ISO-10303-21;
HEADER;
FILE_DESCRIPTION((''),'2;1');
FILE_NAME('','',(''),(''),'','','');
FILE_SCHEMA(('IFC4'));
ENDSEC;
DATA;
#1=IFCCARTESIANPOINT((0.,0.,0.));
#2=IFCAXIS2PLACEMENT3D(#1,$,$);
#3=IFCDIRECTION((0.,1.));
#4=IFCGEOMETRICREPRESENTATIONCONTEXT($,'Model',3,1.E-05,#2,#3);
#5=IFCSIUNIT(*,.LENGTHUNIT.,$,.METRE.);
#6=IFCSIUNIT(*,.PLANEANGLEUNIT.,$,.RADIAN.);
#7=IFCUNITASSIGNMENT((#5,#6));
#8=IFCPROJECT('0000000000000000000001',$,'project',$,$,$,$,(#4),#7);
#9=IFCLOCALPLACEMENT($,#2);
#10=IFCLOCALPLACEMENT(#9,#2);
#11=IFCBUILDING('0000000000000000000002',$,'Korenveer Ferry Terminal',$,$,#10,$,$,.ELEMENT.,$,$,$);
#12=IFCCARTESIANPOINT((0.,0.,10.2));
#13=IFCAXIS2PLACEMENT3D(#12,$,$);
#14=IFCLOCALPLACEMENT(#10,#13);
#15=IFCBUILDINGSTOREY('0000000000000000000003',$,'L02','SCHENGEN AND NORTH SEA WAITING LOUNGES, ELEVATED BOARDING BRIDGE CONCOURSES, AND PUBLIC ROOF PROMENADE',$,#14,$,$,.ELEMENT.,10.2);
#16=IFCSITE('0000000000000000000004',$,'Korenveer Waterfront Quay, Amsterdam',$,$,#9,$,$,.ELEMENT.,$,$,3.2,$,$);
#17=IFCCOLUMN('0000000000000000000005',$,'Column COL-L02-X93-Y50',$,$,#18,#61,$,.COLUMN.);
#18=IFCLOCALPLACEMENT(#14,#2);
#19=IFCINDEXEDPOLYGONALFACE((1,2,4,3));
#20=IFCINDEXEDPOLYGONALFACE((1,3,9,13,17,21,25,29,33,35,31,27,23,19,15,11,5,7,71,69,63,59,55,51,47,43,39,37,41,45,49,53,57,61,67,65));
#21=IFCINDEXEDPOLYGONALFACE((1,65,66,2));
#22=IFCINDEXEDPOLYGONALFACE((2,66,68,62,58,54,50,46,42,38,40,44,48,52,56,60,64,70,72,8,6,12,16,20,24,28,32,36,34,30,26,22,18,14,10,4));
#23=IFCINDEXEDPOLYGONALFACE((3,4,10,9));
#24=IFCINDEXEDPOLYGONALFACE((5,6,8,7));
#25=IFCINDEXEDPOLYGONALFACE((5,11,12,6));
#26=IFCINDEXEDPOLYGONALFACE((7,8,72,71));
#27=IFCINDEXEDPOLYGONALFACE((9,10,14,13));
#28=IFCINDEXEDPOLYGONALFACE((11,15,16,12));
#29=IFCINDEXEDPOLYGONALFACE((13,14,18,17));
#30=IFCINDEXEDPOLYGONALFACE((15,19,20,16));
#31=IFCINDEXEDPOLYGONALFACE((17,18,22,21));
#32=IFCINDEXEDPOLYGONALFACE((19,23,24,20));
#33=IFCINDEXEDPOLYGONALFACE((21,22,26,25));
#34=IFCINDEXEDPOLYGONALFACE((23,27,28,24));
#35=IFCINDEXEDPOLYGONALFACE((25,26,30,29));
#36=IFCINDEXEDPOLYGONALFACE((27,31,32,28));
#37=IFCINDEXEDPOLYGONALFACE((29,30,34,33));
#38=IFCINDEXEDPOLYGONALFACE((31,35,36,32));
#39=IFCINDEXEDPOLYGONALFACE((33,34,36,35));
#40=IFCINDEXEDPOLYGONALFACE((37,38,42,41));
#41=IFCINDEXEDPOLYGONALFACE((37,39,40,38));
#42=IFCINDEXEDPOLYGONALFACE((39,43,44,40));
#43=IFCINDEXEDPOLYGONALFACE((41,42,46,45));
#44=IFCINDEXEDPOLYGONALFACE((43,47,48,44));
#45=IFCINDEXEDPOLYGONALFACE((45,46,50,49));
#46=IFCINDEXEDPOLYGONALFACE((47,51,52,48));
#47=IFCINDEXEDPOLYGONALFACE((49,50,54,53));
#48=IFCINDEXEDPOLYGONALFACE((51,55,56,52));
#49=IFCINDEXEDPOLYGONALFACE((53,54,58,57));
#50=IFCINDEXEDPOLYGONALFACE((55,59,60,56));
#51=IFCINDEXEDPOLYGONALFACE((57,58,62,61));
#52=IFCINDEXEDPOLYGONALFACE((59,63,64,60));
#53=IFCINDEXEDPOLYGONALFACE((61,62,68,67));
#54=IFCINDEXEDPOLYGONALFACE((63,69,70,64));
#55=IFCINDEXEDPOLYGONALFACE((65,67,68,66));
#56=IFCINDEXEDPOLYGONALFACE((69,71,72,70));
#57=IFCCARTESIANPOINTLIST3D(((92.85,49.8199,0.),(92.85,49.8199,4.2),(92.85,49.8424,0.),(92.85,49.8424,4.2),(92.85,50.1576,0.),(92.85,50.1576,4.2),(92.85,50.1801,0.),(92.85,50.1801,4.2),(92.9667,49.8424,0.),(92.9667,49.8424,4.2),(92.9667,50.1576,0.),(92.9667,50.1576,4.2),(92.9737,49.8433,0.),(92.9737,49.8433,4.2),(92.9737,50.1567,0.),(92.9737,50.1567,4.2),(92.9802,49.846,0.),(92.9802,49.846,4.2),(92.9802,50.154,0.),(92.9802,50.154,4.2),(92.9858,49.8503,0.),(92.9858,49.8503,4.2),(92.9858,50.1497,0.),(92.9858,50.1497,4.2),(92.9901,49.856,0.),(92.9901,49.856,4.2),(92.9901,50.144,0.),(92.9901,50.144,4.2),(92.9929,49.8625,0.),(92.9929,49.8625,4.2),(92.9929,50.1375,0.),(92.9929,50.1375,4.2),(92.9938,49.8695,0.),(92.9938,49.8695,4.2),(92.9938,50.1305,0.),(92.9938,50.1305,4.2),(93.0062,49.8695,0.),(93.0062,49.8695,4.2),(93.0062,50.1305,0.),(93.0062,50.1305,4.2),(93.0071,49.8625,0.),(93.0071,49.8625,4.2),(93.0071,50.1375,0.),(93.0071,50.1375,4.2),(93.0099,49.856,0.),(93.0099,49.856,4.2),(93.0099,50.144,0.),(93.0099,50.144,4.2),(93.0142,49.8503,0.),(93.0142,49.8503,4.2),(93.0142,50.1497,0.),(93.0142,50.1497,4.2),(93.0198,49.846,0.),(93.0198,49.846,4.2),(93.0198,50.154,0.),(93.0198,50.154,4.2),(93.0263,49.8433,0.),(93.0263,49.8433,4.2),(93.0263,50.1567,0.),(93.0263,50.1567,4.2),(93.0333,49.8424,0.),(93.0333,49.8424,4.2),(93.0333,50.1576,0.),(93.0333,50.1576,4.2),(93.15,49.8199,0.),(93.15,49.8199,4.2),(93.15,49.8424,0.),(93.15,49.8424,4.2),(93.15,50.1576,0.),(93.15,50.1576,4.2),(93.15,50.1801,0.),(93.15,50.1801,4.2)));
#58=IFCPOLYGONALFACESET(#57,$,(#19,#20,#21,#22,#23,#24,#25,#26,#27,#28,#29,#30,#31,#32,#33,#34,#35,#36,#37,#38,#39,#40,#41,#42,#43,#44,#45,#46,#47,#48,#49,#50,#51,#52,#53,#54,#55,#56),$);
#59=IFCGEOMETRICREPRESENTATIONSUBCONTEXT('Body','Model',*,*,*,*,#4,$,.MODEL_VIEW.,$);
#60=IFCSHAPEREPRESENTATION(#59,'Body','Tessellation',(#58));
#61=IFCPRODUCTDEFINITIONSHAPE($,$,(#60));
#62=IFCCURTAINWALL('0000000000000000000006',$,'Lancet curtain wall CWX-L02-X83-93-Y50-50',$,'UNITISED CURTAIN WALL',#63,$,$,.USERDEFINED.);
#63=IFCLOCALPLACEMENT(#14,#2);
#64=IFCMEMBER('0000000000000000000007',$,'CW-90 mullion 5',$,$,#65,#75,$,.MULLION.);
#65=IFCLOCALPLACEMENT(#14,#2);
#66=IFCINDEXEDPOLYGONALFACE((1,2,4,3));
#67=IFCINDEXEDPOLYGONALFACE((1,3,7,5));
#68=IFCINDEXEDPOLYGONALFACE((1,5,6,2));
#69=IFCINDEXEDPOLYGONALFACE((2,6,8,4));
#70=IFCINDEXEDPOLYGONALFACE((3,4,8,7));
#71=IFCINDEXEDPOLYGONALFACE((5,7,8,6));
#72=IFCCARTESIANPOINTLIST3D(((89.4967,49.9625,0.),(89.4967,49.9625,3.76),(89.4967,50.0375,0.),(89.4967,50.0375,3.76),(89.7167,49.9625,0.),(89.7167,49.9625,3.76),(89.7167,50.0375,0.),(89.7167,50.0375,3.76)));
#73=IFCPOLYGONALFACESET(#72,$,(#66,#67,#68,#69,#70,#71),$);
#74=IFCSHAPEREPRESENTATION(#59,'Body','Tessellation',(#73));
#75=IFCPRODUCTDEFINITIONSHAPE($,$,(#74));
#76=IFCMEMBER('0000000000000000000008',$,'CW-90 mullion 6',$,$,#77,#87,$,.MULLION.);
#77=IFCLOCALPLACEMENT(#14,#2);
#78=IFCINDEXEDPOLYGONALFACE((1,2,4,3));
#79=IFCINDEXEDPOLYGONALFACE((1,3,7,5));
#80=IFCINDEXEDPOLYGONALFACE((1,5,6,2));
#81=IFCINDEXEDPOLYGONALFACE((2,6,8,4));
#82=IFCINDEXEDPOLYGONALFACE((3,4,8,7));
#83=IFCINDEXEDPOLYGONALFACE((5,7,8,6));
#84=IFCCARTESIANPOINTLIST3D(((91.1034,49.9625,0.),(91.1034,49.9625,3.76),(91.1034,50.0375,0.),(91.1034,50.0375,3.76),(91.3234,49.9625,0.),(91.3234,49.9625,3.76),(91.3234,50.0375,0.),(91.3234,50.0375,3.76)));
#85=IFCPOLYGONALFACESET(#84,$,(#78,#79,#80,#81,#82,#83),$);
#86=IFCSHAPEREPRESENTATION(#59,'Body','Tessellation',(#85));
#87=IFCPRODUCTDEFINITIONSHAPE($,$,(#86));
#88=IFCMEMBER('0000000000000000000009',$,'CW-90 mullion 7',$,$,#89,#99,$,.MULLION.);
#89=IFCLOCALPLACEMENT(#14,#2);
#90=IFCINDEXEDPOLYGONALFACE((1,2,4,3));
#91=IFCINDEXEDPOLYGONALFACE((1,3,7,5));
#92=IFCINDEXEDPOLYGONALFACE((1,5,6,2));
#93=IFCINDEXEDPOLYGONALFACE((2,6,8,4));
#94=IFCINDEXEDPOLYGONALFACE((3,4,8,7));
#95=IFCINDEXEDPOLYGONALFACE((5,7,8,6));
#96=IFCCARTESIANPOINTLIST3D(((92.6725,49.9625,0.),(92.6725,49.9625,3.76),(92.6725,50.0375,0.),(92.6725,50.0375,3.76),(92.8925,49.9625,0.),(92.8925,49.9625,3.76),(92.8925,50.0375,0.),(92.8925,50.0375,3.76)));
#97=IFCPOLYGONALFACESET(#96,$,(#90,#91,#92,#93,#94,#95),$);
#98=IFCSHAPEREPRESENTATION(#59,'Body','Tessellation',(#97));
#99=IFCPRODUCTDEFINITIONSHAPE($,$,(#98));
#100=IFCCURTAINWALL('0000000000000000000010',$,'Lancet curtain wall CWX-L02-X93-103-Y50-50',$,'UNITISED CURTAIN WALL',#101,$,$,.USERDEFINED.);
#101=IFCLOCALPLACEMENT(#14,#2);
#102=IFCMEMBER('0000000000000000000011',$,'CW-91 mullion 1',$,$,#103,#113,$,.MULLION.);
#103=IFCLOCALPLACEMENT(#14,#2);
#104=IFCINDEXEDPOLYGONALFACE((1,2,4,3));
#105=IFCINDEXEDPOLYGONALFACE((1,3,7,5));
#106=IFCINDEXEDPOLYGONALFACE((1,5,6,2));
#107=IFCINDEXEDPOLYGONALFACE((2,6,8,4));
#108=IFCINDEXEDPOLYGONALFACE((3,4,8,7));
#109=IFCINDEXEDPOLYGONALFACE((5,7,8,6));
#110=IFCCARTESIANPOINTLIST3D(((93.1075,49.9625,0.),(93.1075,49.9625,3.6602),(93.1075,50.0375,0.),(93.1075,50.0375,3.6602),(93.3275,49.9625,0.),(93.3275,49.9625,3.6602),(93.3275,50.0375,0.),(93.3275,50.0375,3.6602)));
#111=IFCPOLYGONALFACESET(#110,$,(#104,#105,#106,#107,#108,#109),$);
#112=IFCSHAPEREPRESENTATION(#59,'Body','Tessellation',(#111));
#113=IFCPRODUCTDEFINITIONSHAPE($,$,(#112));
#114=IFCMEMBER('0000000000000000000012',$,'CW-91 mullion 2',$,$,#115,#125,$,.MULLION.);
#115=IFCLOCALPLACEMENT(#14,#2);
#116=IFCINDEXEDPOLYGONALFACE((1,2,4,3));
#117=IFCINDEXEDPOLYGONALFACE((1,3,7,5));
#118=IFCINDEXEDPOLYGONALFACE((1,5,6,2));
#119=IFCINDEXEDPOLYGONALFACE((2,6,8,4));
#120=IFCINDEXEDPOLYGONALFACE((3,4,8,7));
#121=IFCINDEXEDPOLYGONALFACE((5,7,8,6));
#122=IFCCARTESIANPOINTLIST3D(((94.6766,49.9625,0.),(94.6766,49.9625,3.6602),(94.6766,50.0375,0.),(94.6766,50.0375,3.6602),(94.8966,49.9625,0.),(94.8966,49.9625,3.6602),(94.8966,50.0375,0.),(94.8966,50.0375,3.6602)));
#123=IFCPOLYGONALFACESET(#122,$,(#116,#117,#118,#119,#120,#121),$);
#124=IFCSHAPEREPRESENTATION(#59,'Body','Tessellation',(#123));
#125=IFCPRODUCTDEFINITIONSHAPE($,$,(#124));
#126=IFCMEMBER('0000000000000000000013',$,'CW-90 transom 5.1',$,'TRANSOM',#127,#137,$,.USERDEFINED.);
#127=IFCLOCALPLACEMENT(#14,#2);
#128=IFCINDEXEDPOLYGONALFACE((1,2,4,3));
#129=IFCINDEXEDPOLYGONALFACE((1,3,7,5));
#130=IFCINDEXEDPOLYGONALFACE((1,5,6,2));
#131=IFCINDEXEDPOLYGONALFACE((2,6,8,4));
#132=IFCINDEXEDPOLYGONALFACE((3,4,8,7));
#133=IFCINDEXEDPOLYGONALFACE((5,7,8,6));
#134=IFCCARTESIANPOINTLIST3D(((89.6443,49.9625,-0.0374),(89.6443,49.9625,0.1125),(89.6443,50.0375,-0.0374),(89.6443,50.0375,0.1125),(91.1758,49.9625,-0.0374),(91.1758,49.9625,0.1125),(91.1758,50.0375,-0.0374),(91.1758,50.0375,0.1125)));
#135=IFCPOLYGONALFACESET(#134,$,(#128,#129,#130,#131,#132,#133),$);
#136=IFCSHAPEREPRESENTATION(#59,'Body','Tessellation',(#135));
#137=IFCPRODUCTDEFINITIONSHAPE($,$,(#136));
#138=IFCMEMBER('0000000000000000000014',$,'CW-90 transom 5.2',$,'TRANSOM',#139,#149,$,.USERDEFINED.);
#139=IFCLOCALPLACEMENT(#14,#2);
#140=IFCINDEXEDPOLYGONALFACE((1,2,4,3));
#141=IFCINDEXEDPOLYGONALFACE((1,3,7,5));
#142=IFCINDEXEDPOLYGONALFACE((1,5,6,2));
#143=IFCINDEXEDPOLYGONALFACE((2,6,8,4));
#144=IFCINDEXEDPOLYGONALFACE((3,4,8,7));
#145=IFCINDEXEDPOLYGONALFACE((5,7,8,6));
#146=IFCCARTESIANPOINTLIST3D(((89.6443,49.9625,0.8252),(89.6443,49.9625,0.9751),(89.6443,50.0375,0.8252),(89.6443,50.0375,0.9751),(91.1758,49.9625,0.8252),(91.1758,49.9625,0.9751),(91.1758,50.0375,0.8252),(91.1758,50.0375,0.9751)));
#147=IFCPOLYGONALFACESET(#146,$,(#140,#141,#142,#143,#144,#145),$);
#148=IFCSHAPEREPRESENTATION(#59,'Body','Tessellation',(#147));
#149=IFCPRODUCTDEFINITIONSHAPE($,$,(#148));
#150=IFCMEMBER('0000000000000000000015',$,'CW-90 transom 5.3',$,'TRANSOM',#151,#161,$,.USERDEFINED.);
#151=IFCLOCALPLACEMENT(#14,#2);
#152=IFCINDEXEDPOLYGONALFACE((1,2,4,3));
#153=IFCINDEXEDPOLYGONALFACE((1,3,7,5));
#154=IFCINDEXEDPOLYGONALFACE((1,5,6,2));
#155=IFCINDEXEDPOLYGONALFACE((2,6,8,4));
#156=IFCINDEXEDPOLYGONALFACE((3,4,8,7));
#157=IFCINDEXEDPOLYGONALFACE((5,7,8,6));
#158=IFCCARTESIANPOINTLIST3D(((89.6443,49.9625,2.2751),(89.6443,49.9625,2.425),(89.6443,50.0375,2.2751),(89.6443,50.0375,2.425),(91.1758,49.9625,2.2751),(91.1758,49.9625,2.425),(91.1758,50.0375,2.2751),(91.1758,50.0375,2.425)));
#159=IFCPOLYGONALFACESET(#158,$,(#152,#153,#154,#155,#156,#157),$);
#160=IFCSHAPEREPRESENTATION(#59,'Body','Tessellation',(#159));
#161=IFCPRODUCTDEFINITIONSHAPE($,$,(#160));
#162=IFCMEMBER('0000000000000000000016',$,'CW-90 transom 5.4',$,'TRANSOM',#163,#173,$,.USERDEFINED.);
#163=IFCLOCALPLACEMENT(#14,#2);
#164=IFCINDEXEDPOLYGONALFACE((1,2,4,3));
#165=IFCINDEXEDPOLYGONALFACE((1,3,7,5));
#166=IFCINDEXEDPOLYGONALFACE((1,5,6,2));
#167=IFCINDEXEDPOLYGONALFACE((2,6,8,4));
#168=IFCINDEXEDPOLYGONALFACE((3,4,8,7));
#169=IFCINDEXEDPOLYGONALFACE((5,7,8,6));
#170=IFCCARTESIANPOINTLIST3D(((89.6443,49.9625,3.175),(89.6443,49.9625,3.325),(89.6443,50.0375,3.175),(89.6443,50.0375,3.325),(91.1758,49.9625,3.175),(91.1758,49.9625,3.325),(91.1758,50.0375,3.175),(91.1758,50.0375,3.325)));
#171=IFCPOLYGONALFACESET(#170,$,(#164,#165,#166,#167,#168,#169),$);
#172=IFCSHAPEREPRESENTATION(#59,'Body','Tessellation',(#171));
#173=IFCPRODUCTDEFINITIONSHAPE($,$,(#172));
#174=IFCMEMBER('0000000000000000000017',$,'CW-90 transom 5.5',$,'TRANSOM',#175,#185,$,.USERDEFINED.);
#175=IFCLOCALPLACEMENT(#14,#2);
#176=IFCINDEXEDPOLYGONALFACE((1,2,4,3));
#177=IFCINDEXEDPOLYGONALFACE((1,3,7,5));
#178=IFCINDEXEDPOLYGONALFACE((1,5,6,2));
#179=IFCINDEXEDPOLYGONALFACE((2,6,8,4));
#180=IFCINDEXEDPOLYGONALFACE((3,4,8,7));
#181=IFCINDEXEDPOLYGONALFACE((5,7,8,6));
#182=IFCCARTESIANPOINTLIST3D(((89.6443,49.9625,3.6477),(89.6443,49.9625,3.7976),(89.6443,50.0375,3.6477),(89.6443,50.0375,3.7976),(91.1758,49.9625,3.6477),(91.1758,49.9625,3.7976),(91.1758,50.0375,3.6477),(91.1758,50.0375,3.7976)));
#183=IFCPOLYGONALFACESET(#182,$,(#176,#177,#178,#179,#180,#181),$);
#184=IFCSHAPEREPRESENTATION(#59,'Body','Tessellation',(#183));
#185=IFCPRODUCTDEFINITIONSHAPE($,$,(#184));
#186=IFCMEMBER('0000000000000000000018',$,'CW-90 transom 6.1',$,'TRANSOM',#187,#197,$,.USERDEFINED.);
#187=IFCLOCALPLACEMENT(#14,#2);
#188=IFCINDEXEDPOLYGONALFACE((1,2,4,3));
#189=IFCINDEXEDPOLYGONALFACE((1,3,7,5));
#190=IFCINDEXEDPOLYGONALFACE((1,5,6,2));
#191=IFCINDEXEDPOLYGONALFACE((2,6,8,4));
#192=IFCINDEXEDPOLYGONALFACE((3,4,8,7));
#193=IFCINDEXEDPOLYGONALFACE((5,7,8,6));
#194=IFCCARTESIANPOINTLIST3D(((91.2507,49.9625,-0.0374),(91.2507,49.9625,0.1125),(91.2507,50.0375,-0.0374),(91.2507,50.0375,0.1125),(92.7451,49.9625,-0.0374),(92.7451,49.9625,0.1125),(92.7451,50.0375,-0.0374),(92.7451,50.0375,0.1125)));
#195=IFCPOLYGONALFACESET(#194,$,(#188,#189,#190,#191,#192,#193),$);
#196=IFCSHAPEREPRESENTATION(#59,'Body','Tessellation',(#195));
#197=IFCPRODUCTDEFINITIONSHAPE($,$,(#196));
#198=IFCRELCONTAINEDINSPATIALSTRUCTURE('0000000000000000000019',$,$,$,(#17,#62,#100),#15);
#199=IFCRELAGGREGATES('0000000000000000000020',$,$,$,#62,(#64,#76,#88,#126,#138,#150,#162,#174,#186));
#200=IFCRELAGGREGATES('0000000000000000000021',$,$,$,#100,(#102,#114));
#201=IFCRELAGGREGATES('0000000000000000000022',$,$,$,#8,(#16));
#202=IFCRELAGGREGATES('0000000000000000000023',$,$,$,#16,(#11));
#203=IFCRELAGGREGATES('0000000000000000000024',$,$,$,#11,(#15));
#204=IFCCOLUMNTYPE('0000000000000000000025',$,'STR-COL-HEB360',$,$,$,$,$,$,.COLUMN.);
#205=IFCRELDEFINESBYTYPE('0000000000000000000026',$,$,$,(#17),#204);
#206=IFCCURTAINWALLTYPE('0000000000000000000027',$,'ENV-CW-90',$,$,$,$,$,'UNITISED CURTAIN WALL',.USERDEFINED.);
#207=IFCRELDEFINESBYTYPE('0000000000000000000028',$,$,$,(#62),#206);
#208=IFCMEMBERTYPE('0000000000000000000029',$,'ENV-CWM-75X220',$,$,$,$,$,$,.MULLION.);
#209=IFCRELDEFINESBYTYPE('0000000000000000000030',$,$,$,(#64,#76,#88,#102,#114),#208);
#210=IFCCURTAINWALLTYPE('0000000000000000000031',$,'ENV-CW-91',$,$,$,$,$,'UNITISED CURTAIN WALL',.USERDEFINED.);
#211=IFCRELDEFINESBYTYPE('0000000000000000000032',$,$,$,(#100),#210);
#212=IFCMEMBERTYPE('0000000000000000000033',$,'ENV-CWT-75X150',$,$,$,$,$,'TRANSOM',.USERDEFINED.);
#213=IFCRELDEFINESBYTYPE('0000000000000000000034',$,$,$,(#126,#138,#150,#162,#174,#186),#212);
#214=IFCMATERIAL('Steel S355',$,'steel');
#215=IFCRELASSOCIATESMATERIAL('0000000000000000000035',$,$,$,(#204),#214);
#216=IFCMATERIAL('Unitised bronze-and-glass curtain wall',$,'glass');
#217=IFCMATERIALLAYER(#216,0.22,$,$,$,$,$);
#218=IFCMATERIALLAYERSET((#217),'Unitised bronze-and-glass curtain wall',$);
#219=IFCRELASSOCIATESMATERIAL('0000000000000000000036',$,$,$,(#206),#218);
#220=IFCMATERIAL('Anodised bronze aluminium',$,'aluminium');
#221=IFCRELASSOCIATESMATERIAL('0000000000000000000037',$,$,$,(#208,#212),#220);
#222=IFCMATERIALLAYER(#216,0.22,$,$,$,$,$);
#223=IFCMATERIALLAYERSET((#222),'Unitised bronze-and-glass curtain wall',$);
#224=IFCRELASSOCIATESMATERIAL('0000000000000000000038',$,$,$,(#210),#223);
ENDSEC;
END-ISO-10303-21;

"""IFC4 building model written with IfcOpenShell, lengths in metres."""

from ifc_helpers import new_model, si_unit, direction, frame, origin, origin_2d, place, context, subcontext, project, spatial, rectangle, i_section, extrude, material, layer, layer_set, material_profile, profile_set, type_object, element, aggregate, save


model = new_model("IFC4")

# Units and contexts
model_context = context("Model", 3, precision=1e-05, world=origin(), true_north=direction((0.0, 1.0)))
body_context = subcontext(model_context, "Body", "Model", "MODEL_VIEW")
ifc_project = project(units=[si_unit("LENGTHUNIT", "METRE"), si_unit("PLANEANGLEUNIT", "RADIAN")], contexts=[model_context])

# Site, building, storey
site_placement = place(None, origin())
site = spatial("IfcSite", under=ifc_project, at=site_placement, Name="Korenveer Waterfront Quay, Amsterdam", CompositionType="ELEMENT", RefElevation=3.2)
building_placement = place(site_placement, origin())
building = spatial("IfcBuilding", under=site, at=building_placement, Name="Korenveer Ferry Terminal", CompositionType="ELEMENT")
storey_placement = place(building_placement, frame((0.0, 0.0, 10.2)))
storey = spatial("IfcBuildingStorey", under=building, at=storey_placement, Name="L02", Description="SCHENGEN AND NORTH SEA WAITING LOUNGES, ELEVATED BOARDING BRIDGE CONCOURSES, AND PUBLIC ROOF PROMENADE", CompositionType="ELEMENT", Elevation=10.2)

# Column
ifc_material_1 = material(Name="Steel S355", Category="steel")
ifc_material_profile_1 = material_profile(ifc_material_1, i_section(OverallWidth=0.3, OverallDepth=0.3601, WebThickness=0.0125, FlangeThickness=0.0225, FilletRadius=0.0271, at=origin_2d()), Name="HEB 360")
ifc_profile_set_1 = profile_set([ifc_material_profile_1], Name="Steel S355")
column_type = type_object("IfcColumnType", Name="STR-COL-HEB360", PredefinedType="COLUMN", material=ifc_profile_set_1)
column_placement = place(storey_placement, frame((93.0, 50.0, 0.0), z_axis=(0.0, 0.0, 1.0), x_axis=(1.0, 0.0, 0.0)))
element("IfcColumn", 1, at=column_placement, inside=storey, type_object=column_type, Name="Column COL-L02-X93-Y50", PredefinedType="COLUMN", context=body_context, shape_type="SweptSolid", body=[
    extrude(i_section(OverallWidth=0.3, OverallDepth=0.3601, WebThickness=0.0125, FlangeThickness=0.0225, FilletRadius=0.0271, at=origin_2d()), origin(), (0.0, 0.0, 1.0), 4.2),
])

# Curtain walls, members
ifc_material_2 = material(Name="Unitised bronze-and-glass curtain wall", Category="glass")
ifc_layer_1 = layer(ifc_material_2, 0.22)
ifc_layer_set_1 = layer_set([ifc_layer_1], Name="Unitised bronze-and-glass curtain wall")
curtain_wall_type_1 = type_object("IfcCurtainWallType", Name="ENV-CW-90", ElementType="UNITISED CURTAIN WALL", PredefinedType="USERDEFINED", material=ifc_layer_set_1)
curtain_wall_1_placement = place(storey_placement, frame((83.1799, 50.0, 0.0)))
curtain_wall_1 = element("IfcCurtainWall", 2, at=curtain_wall_1_placement, inside=storey, type_object=curtain_wall_type_1, Name="Lancet curtain wall CWX-L02-X83-93-Y50-50", ObjectType="UNITISED CURTAIN WALL", PredefinedType="USERDEFINED")
ifc_material_3 = material(Name="Anodised bronze aluminium", Category="aluminium")
ifc_material_profile_2 = material_profile(ifc_material_3, rectangle(XDim=0.075, YDim=0.22, at=origin_2d()), Name="ALU 75x220")
ifc_profile_set_2 = profile_set([ifc_material_profile_2], Name="Anodised bronze aluminium")
member_type_1 = type_object("IfcMemberType", Name="ENV-CWM-75X220", PredefinedType="MULLION", material=ifc_profile_set_2)
member_1_placement = place(storey_placement, frame((89.6067, 50.0, 0.0), z_axis=(0.0, 0.0, 1.0), x_axis=(0.0, 1.0, 0.0)))
member_1 = element("IfcMember", 3, at=member_1_placement, type_object=member_type_1, Name="CW-90 mullion 5", PredefinedType="MULLION", context=body_context, shape_type="SweptSolid", body=[
    extrude(rectangle(XDim=0.075, YDim=0.22, at=origin_2d()), origin(), (0.0, 0.0, 1.0), 3.76),
])
member_2_placement = place(storey_placement, frame((91.2134, 50.0, 0.0), z_axis=(0.0, 0.0, 1.0), x_axis=(0.0, 1.0, 0.0)))
member_2 = element("IfcMember", 4, at=member_2_placement, type_object=member_type_1, Name="CW-90 mullion 6", PredefinedType="MULLION", context=body_context, shape_type="SweptSolid", body=[
    extrude(rectangle(XDim=0.075, YDim=0.22, at=origin_2d()), origin(), (0.0, 0.0, 1.0), 3.76),
])
member_3_placement = place(storey_placement, frame((92.7825, 50.0, 0.0), z_axis=(0.0, 0.0, 1.0), x_axis=(0.0, 1.0, 0.0)))
member_3 = element("IfcMember", 5, at=member_3_placement, type_object=member_type_1, Name="CW-90 mullion 7", PredefinedType="MULLION", context=body_context, shape_type="SweptSolid", body=[
    extrude(rectangle(XDim=0.075, YDim=0.22, at=origin_2d()), origin(), (0.0, 0.0, 1.0), 3.76),
])
ifc_layer_2 = layer(ifc_material_2, 0.22)
ifc_layer_set_2 = layer_set([ifc_layer_2], Name="Unitised bronze-and-glass curtain wall")
curtain_wall_type_2 = type_object("IfcCurtainWallType", Name="ENV-CW-91", ElementType="UNITISED CURTAIN WALL", PredefinedType="USERDEFINED", material=ifc_layer_set_2)
curtain_wall_2_placement = place(storey_placement, frame((93.1799, 50.0, 0.0)))
curtain_wall_2 = element("IfcCurtainWall", 6, at=curtain_wall_2_placement, inside=storey, type_object=curtain_wall_type_2, Name="Lancet curtain wall CWX-L02-X93-103-Y50-50", ObjectType="UNITISED CURTAIN WALL", PredefinedType="USERDEFINED")
member_4_placement = place(storey_placement, frame((93.2175, 50.0, 0.0), z_axis=(0.0, 0.0, 1.0), x_axis=(0.0, 1.0, 0.0)))
member_4 = element("IfcMember", 7, at=member_4_placement, type_object=member_type_1, Name="CW-91 mullion 1", PredefinedType="MULLION", context=body_context, shape_type="SweptSolid", body=[
    extrude(rectangle(XDim=0.075, YDim=0.22, at=origin_2d()), origin(), (0.0, 0.0, 1.0), 3.6602),
])
member_5_placement = place(storey_placement, frame((94.7866, 50.0, 0.0), z_axis=(0.0, 0.0, 1.0), x_axis=(0.0, 1.0, 0.0)))
member_5 = element("IfcMember", 8, at=member_5_placement, type_object=member_type_1, Name="CW-91 mullion 2", PredefinedType="MULLION", context=body_context, shape_type="SweptSolid", body=[
    extrude(rectangle(XDim=0.075, YDim=0.22, at=origin_2d()), origin(), (0.0, 0.0, 1.0), 3.6602),
])

# Members
ifc_material_profile_3 = material_profile(ifc_material_3, rectangle(XDim=0.075, YDim=0.1499, at=origin_2d()), Name="ALU 75x150")
ifc_profile_set_3 = profile_set([ifc_material_profile_3], Name="Anodised bronze aluminium")
member_type_2 = type_object("IfcMemberType", Name="ENV-CWT-75X150", ElementType="TRANSOM", PredefinedType="USERDEFINED", material=ifc_profile_set_3)
member_6_placement = place(storey_placement, frame((89.6443, 50.0, 0.0376), z_axis=(1.0, 0.0, 0.0), x_axis=(0.0, 1.0, 0.0)))
member_6 = element("IfcMember", 9, at=member_6_placement, type_object=member_type_2, Name="CW-90 transom 5.1", ObjectType="TRANSOM", PredefinedType="USERDEFINED", context=body_context, shape_type="SweptSolid", body=[
    extrude(rectangle(XDim=0.075, YDim=0.1499, at=origin_2d()), origin(), (0.0, 0.0, 1.0), 1.5315),
])
member_7_placement = place(storey_placement, frame((89.6443, 50.0, 0.9001), z_axis=(1.0, 0.0, 0.0), x_axis=(0.0, 1.0, 0.0)))
member_7 = element("IfcMember", 10, at=member_7_placement, type_object=member_type_2, Name="CW-90 transom 5.2", ObjectType="TRANSOM", PredefinedType="USERDEFINED", context=body_context, shape_type="SweptSolid", body=[
    extrude(rectangle(XDim=0.075, YDim=0.1499, at=origin_2d()), origin(), (0.0, 0.0, 1.0), 1.5315),
])
member_8_placement = place(storey_placement, frame((89.6443, 50.0, 2.3501), z_axis=(1.0, 0.0, 0.0), x_axis=(0.0, 1.0, 0.0)))
member_8 = element("IfcMember", 11, at=member_8_placement, type_object=member_type_2, Name="CW-90 transom 5.3", ObjectType="TRANSOM", PredefinedType="USERDEFINED", context=body_context, shape_type="SweptSolid", body=[
    extrude(rectangle(XDim=0.075, YDim=0.1499, at=origin_2d()), origin(), (0.0, 0.0, 1.0), 1.5315),
])
member_9_placement = place(storey_placement, frame((89.6443, 50.0, 3.25), z_axis=(1.0, 0.0, 0.0), x_axis=(0.0, 1.0, 0.0)))
member_9 = element("IfcMember", 12, at=member_9_placement, type_object=member_type_2, Name="CW-90 transom 5.4", ObjectType="TRANSOM", PredefinedType="USERDEFINED", context=body_context, shape_type="SweptSolid", body=[
    extrude(rectangle(XDim=0.075, YDim=0.1499, at=origin_2d()), origin(), (0.0, 0.0, 1.0), 1.5315),
])
member_10_placement = place(storey_placement, frame((89.6443, 50.0, 3.7227), z_axis=(1.0, 0.0, 0.0), x_axis=(0.0, 1.0, 0.0)))
member_10 = element("IfcMember", 13, at=member_10_placement, type_object=member_type_2, Name="CW-90 transom 5.5", ObjectType="TRANSOM", PredefinedType="USERDEFINED", context=body_context, shape_type="SweptSolid", body=[
    extrude(rectangle(XDim=0.075, YDim=0.1499, at=origin_2d()), origin(), (0.0, 0.0, 1.0), 1.5315),
])
member_11_placement = place(storey_placement, frame((91.2507, 50.0, 0.0376), z_axis=(1.0, 0.0, 0.0), x_axis=(0.0, 1.0, 0.0)))
member_11 = element("IfcMember", 14, at=member_11_placement, type_object=member_type_2, Name="CW-90 transom 6.1", ObjectType="TRANSOM", PredefinedType="USERDEFINED", context=body_context, shape_type="SweptSolid", body=[
    extrude(rectangle(XDim=0.075, YDim=0.1499, at=origin_2d()), origin(), (0.0, 0.0, 1.0), 1.4944),
])

aggregate(curtain_wall_1, [member_1, member_2, member_3, member_6, member_7, member_8, member_9, member_10, member_11])
aggregate(curtain_wall_2, [member_4, member_5])

save(model, "model.ifc")
